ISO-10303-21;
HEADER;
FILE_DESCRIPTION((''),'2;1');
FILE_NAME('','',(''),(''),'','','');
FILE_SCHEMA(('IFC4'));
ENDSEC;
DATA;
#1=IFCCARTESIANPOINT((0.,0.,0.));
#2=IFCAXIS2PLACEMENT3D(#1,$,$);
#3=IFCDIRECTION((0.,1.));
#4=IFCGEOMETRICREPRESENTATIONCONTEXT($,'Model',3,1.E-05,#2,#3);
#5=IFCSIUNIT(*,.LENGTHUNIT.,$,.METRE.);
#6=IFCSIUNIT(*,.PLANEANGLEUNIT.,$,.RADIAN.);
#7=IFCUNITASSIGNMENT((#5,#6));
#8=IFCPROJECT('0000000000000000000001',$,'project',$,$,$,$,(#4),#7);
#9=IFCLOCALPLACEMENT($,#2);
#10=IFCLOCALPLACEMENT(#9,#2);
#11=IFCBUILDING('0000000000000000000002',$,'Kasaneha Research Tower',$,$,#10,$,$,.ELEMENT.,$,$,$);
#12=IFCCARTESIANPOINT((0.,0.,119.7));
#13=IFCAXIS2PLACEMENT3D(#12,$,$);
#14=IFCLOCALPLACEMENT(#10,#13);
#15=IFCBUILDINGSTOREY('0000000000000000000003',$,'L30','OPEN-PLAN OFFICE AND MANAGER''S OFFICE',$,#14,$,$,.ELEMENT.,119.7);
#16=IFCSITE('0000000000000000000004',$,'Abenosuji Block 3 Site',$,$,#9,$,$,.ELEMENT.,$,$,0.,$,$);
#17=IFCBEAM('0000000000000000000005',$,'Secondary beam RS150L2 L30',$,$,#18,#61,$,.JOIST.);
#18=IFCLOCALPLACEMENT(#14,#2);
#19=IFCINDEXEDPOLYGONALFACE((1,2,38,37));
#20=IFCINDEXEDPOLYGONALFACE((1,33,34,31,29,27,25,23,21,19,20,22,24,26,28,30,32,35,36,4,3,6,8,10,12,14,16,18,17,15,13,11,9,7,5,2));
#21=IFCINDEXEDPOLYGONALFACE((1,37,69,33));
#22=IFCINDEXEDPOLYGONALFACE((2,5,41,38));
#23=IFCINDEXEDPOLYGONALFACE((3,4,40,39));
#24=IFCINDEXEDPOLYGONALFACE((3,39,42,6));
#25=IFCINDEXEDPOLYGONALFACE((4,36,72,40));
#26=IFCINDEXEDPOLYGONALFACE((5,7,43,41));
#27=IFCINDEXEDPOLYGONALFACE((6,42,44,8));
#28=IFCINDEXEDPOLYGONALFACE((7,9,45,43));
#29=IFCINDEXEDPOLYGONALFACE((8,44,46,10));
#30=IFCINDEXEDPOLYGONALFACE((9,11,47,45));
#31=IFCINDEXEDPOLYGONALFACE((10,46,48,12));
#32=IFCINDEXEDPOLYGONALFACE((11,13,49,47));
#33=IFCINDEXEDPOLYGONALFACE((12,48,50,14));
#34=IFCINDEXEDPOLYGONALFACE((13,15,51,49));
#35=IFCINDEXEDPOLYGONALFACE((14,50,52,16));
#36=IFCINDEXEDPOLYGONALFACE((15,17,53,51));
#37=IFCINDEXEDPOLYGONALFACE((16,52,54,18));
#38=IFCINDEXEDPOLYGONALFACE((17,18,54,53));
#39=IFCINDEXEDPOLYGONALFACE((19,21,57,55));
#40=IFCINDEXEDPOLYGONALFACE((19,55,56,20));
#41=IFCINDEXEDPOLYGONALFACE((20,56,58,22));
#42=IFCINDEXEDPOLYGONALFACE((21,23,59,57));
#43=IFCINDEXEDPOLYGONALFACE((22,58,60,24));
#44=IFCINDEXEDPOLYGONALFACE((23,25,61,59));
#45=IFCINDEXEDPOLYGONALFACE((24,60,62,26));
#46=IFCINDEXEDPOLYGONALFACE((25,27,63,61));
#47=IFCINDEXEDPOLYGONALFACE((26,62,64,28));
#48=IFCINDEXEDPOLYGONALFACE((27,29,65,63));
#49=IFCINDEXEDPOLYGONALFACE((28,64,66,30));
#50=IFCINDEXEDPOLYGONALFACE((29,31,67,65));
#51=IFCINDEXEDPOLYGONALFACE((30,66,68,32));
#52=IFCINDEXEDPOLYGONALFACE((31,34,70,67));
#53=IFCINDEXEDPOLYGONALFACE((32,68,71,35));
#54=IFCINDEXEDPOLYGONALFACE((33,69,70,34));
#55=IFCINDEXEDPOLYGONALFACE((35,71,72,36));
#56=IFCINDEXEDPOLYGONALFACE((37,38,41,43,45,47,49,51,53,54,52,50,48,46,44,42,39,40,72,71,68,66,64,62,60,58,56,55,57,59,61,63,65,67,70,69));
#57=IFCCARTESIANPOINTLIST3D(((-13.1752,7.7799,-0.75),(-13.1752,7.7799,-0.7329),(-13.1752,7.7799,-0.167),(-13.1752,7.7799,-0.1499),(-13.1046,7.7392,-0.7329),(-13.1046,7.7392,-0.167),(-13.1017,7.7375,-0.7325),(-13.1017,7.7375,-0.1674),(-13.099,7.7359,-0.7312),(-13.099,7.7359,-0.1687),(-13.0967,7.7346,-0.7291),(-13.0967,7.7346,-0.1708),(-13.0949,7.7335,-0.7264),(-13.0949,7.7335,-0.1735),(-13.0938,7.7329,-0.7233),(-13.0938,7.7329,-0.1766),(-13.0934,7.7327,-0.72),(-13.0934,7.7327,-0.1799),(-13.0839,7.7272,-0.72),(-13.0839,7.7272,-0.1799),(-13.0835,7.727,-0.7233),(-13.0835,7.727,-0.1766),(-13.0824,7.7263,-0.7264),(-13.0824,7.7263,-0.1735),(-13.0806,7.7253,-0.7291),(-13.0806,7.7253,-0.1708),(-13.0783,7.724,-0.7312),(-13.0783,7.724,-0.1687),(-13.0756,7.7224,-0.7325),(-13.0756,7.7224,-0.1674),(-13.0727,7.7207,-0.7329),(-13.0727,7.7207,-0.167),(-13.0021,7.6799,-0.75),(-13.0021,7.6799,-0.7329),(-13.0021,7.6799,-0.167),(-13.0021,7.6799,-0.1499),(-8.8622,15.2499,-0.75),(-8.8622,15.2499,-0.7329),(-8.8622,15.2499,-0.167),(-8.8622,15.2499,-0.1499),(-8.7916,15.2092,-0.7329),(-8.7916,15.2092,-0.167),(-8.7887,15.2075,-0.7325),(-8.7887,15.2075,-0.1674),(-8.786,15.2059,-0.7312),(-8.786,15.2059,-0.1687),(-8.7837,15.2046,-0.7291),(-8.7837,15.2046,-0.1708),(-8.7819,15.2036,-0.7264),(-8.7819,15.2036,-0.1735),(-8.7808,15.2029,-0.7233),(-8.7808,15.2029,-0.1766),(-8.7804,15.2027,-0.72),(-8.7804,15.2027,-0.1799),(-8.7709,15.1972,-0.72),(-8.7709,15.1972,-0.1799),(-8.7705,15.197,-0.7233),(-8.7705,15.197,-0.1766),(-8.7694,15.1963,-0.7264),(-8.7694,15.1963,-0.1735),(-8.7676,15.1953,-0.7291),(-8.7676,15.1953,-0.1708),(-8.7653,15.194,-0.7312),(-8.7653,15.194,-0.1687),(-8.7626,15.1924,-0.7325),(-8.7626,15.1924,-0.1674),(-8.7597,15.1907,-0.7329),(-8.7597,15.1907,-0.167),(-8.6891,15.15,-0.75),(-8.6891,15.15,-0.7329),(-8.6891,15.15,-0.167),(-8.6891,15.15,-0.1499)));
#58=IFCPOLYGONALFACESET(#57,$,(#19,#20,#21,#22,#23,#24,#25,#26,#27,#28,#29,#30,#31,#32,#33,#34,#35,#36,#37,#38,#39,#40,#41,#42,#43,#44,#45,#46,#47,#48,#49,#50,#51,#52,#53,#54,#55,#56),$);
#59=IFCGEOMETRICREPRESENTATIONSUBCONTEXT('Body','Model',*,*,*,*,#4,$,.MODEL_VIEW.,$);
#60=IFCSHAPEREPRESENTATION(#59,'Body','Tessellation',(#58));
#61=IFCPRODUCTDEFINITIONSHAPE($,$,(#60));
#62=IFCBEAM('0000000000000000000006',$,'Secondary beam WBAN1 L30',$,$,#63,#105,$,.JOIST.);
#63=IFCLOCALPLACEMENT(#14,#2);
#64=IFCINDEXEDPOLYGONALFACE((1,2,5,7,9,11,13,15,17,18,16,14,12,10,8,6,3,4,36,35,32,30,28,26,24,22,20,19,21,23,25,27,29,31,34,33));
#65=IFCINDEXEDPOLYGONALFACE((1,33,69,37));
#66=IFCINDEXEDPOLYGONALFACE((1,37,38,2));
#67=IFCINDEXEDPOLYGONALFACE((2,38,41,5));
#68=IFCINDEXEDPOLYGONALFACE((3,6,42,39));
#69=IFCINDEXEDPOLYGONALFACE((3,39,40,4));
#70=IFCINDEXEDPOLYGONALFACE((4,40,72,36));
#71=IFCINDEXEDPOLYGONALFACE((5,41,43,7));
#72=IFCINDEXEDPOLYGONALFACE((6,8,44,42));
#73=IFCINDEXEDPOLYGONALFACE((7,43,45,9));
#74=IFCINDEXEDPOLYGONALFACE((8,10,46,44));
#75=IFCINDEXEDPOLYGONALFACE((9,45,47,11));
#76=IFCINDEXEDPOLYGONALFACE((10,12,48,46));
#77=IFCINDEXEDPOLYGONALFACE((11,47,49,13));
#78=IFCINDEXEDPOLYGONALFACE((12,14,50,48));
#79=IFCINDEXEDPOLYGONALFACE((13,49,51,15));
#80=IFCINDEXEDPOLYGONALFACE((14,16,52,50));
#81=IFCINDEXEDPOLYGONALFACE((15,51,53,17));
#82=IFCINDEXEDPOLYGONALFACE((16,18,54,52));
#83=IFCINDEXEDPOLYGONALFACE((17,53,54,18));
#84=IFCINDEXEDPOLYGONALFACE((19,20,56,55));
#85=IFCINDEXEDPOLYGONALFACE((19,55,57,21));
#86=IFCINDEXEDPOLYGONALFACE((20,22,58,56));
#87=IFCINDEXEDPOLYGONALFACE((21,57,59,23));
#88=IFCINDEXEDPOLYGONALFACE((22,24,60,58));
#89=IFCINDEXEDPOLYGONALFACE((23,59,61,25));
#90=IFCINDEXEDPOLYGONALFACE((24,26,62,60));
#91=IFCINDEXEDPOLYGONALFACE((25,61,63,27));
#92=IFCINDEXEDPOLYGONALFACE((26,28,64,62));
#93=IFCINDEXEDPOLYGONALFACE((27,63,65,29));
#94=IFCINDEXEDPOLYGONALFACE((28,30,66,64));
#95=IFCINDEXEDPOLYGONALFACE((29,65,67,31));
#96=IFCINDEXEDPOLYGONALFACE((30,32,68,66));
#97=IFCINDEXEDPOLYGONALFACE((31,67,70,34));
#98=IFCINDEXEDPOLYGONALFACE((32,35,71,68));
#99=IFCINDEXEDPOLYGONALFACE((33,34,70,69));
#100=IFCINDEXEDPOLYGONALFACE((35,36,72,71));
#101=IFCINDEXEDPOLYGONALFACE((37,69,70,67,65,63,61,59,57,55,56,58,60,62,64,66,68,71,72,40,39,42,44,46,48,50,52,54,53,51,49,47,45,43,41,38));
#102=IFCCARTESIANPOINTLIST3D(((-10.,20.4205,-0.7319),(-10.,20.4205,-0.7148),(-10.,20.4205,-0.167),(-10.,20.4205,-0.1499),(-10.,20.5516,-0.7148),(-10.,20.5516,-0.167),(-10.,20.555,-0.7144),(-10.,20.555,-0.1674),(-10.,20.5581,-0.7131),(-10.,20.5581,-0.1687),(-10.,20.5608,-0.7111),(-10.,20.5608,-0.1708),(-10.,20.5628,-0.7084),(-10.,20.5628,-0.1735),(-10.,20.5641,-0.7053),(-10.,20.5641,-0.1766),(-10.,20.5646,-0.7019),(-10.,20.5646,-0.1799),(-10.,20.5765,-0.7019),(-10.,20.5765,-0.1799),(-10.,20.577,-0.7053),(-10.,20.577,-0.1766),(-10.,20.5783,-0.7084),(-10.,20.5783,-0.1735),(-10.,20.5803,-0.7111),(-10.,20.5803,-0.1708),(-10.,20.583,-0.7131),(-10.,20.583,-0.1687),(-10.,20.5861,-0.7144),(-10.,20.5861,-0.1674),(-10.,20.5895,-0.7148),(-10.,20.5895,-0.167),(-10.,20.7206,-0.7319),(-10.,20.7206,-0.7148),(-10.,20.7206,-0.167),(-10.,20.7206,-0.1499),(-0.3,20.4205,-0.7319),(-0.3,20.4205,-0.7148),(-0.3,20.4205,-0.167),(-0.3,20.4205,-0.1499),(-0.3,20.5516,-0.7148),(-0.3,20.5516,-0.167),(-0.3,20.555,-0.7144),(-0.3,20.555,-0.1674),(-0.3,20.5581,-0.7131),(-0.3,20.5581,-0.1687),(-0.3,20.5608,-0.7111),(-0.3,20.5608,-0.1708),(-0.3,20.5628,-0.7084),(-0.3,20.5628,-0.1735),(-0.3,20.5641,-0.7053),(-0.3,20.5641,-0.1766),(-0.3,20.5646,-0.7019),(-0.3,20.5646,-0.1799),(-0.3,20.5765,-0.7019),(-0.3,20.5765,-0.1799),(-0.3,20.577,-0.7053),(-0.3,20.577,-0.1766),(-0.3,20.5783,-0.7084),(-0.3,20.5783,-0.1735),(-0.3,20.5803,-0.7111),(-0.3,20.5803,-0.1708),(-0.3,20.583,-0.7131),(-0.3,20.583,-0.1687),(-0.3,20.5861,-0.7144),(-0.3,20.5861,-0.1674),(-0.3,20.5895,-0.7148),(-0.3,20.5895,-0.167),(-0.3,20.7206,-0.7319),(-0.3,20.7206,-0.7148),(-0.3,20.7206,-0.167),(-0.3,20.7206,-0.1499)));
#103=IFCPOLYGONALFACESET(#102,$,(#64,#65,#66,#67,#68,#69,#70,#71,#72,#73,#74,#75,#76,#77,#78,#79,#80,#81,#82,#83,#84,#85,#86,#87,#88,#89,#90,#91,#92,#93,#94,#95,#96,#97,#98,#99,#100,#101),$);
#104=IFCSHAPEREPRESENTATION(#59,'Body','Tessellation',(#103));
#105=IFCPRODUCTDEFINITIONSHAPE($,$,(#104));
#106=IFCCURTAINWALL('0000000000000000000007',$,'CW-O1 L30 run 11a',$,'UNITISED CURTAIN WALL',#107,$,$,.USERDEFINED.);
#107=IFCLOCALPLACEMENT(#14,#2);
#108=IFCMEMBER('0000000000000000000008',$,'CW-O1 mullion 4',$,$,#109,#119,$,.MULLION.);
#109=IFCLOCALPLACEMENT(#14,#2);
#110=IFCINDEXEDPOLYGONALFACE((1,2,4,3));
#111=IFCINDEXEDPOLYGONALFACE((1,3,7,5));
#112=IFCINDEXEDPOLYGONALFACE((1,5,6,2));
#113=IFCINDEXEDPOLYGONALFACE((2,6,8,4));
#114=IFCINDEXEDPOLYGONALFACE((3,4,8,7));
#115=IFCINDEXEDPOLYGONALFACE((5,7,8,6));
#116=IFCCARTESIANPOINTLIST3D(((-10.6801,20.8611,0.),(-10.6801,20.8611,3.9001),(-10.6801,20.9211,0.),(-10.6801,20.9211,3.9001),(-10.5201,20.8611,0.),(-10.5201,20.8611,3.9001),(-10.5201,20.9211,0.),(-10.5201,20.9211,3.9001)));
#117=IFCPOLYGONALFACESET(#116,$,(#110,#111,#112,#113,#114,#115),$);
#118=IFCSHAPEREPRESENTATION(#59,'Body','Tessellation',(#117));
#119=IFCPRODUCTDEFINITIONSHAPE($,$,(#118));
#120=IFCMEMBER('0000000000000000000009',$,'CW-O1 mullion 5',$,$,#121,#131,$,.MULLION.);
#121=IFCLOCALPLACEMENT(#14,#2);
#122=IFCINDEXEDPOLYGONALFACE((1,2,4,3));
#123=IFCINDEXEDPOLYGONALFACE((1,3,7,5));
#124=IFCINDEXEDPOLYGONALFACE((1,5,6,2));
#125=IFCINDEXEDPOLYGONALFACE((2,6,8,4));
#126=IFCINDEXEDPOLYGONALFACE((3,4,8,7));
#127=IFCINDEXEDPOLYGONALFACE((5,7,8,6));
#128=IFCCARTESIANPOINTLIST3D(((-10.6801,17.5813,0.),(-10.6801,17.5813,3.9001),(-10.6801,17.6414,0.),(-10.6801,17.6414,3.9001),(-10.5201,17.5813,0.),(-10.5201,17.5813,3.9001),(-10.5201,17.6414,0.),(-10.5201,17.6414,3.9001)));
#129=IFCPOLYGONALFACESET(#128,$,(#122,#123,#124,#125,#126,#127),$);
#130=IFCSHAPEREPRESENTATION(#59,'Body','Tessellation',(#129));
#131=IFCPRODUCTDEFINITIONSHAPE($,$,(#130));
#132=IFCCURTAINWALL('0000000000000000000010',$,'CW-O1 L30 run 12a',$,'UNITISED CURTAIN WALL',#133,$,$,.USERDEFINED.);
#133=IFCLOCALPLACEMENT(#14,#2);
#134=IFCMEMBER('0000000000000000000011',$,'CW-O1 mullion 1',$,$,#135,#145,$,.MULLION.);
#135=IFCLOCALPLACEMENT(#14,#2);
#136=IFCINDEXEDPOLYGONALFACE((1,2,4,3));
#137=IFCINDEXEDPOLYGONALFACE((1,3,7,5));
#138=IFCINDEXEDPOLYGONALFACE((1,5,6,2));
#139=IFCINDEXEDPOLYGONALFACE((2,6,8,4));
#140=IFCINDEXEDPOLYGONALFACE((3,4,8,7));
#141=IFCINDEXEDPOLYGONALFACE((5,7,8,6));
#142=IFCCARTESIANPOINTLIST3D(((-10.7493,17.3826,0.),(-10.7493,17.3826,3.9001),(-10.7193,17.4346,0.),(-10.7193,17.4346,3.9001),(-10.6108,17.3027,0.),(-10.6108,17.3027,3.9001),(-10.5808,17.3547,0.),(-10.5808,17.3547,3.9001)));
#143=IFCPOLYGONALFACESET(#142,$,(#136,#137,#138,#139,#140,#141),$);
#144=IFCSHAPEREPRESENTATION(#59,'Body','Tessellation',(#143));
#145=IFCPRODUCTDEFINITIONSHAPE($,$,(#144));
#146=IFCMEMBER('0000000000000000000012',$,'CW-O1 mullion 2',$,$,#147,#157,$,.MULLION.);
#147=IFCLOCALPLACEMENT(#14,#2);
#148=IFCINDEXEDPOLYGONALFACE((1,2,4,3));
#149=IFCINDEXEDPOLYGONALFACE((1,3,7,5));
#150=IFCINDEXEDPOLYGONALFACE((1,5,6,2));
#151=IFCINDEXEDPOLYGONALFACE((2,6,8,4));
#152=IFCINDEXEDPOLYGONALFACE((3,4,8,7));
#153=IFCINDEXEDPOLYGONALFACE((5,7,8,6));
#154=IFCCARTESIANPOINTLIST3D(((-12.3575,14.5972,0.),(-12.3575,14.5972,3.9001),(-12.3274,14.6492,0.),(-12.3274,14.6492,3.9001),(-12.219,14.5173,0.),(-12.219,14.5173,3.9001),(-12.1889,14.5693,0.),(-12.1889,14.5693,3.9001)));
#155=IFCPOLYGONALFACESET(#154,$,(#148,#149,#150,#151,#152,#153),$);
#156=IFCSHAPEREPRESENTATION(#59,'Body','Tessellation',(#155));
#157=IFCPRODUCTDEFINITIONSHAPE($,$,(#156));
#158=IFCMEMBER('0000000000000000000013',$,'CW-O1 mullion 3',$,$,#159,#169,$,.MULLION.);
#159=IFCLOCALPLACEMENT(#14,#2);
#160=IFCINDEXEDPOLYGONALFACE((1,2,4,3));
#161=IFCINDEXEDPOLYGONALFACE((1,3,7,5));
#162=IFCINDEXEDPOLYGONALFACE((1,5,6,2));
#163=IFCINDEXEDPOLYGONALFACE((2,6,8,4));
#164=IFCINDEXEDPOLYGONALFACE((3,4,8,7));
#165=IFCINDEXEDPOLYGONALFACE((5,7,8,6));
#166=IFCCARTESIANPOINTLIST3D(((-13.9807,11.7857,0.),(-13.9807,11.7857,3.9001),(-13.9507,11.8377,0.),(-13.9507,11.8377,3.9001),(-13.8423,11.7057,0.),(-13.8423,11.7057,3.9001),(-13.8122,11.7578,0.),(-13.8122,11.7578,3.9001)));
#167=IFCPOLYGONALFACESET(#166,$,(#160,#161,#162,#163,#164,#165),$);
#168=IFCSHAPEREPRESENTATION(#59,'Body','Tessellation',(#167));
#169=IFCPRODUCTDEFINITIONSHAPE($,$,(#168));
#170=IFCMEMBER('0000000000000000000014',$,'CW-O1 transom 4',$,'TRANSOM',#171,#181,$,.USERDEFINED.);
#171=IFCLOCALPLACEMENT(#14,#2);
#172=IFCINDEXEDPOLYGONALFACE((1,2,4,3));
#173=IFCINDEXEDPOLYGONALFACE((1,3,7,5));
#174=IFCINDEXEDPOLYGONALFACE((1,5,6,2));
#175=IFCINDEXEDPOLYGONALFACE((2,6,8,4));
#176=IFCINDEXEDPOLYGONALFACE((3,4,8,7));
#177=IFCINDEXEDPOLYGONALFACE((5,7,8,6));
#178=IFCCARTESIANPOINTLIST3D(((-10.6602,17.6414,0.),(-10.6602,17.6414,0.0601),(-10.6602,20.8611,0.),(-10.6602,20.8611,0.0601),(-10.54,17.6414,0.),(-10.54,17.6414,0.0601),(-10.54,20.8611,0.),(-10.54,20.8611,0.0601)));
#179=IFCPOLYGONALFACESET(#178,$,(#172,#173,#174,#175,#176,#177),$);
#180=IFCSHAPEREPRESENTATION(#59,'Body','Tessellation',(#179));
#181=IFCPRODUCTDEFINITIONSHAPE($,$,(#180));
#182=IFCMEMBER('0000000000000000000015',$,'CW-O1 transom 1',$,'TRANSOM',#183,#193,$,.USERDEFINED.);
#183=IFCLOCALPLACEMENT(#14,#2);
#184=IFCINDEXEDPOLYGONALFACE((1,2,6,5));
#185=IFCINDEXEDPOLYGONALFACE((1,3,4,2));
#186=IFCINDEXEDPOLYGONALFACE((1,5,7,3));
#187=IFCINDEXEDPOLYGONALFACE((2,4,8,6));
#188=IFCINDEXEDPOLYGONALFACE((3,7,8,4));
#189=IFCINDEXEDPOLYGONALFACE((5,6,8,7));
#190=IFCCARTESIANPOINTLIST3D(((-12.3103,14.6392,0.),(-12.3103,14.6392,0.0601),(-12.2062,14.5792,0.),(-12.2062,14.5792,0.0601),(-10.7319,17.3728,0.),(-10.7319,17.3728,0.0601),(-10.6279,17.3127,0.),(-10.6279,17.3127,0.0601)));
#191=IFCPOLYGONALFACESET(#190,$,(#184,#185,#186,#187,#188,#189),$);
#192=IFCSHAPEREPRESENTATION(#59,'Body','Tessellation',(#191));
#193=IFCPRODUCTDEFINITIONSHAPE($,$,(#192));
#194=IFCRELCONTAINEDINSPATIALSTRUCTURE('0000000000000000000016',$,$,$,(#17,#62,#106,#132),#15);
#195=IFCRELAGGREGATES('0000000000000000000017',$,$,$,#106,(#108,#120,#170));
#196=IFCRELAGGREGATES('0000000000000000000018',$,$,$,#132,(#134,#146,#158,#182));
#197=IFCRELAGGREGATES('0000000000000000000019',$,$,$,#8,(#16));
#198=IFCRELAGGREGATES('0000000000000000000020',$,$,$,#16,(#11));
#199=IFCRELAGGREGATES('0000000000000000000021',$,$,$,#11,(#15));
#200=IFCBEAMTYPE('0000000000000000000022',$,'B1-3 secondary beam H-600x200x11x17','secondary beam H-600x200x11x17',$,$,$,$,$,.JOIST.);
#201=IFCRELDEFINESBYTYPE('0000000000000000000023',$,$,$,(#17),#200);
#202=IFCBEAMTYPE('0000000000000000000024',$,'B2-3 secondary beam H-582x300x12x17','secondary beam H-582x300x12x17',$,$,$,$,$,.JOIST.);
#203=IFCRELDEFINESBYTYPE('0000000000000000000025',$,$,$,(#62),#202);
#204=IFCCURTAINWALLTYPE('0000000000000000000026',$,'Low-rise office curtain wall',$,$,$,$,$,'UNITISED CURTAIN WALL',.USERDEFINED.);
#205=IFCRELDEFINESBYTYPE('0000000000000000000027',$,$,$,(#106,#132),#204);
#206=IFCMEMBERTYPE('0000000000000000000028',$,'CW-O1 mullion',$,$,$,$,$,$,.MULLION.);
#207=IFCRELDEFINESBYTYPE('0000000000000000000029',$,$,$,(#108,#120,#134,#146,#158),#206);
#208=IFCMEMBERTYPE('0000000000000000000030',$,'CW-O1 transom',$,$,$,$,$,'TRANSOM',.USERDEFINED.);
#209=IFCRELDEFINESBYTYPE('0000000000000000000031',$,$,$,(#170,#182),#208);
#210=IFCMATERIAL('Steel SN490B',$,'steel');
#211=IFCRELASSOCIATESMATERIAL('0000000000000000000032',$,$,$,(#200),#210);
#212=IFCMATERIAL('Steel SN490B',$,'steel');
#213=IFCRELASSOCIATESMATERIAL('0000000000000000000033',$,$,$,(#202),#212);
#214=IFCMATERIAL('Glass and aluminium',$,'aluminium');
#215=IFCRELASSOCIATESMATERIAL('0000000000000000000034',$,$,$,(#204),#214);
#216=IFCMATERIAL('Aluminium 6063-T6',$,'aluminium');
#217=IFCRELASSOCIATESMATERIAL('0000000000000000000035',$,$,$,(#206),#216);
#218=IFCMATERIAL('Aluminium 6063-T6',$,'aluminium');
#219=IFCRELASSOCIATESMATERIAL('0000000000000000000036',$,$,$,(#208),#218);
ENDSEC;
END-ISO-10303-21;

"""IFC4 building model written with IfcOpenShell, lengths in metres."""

from ifc_helpers import new_model, si_unit, direction, frame, origin, origin_2d, place, context, subcontext, project, spatial, rectangle, i_section, extrude, material, material_profile, profile_set, type_object, element, aggregate, save


model = new_model("IFC4")

# Units and contexts
model_context = context("Model", 3, precision=1e-05, world=origin(), true_north=direction((0.0, 1.0)))
body_context = subcontext(model_context, "Body", "Model", "MODEL_VIEW")
ifc_project = project(units=[si_unit("LENGTHUNIT", "METRE"), si_unit("PLANEANGLEUNIT", "RADIAN")], contexts=[model_context])

# Site, building, storey
site_placement = place(None, origin())
site = spatial("IfcSite", under=ifc_project, at=site_placement, Name="Abenosuji Block 3 Site", CompositionType="ELEMENT", RefElevation=0.0)
building_placement = place(site_placement, origin())
building = spatial("IfcBuilding", under=site, at=building_placement, Name="Kasaneha Research Tower", CompositionType="ELEMENT")
storey_placement = place(building_placement, frame((0.0, 0.0, 119.7)))
storey = spatial("IfcBuildingStorey", under=building, at=storey_placement, Name="L30", Description="OPEN-PLAN OFFICE AND MANAGER'S OFFICE", CompositionType="ELEMENT", Elevation=119.7)

# Beams
ifc_material_1 = material(Name="Steel SN490B", Category="steel")
ifc_material_profile_1 = material_profile(ifc_material_1, i_section(OverallWidth=0.2, OverallDepth=0.6001, WebThickness=0.011, FlangeThickness=0.0171, FilletRadius=0.0129, at=origin_2d()), Name="H-600x200x11x17")
ifc_profile_set_1 = profile_set([ifc_material_profile_1], Name="Steel SN490B")
beam_type_1 = type_object("IfcBeamType", Name="B1-3 secondary beam H-600x200x11x17", Description="secondary beam H-600x200x11x17", PredefinedType="JOIST", material=ifc_profile_set_1)
beam_1_placement = place(storey_placement, frame((-8.7756, 15.2, -0.45), z_axis=(-0.500017, -0.866015, 0.0), x_axis=(0.866015, -0.500017, 0.0)))
element("IfcBeam", 1, at=beam_1_placement, inside=storey, type_object=beam_type_1, Name="Secondary beam RS150L2 L30", PredefinedType="JOIST", context=body_context, shape_type="SweptSolid", body=[
    extrude(i_section(OverallWidth=0.2, OverallDepth=0.6001, WebThickness=0.011, FlangeThickness=0.0171, FilletRadius=0.0129, at=origin_2d()), origin(), (0.0, 0.0, 1.0), 8.6257),
])
ifc_material_2 = material(Name="Steel SN490B", Category="steel")
ifc_material_profile_2 = material_profile(ifc_material_2, i_section(OverallWidth=0.3, OverallDepth=0.582, WebThickness=0.012, FlangeThickness=0.0171, FilletRadius=0.0129, at=origin_2d()), Name="H-582x300x12x17")
ifc_profile_set_2 = profile_set([ifc_material_profile_2], Name="Steel SN490B")
beam_type_2 = type_object("IfcBeamType", Name="B2-3 secondary beam H-582x300x12x17", Description="secondary beam H-582x300x12x17", PredefinedType="JOIST", material=ifc_profile_set_2)
beam_2_placement = place(storey_placement, frame((-10.0, 20.5706, -0.4409), z_axis=(1.0, 0.0, 0.0), x_axis=(0.0, 1.0, 0.0)))
element("IfcBeam", 2, at=beam_2_placement, inside=storey, type_object=beam_type_2, Name="Secondary beam WBAN1 L30", PredefinedType="JOIST", context=body_context, shape_type="SweptSolid", body=[
    extrude(i_section(OverallWidth=0.3, OverallDepth=0.582, WebThickness=0.012, FlangeThickness=0.0171, FilletRadius=0.0129, at=origin_2d()), origin(), (0.0, 0.0, 1.0), 9.7),
])

# Curtain walls, members
ifc_material_3 = material(Name="Glass and aluminium", Category="aluminium")
curtain_wall_type = type_object("IfcCurtainWallType", Name="Low-rise office curtain wall", ElementType="UNITISED CURTAIN WALL", PredefinedType="USERDEFINED", material=ifc_material_3)
curtain_wall_1_placement = place(storey_placement, origin())
curtain_wall_1 = element("IfcCurtainWall", 3, at=curtain_wall_1_placement, inside=storey, type_object=curtain_wall_type, Name="CW-O1 L30 run 11a", ObjectType="UNITISED CURTAIN WALL", PredefinedType="USERDEFINED")
ifc_material_4 = material(Name="Aluminium 6063-T6", Category="aluminium")
ifc_material_profile_3 = material_profile(ifc_material_4, rectangle(XDim=0.0601, YDim=0.1599, at=origin_2d()), Name="CW-O1 mullion 60x160")
ifc_profile_set_3 = profile_set([ifc_material_profile_3], Name="Aluminium 6063-T6")
member_type_1 = type_object("IfcMemberType", Name="CW-O1 mullion", PredefinedType="MULLION", material=ifc_profile_set_3)
member_1_placement = place(storey_placement, frame((-10.6001, 20.8911, 0.0), z_axis=(0.0, 0.0, 1.0), x_axis=(0.0, -1.0, 0.0)))
member_1 = element("IfcMember", 4, at=member_1_placement, type_object=member_type_1, Name="CW-O1 mullion 4", PredefinedType="MULLION", context=body_context, shape_type="SweptSolid", body=[
    extrude(rectangle(XDim=0.0601, YDim=0.1599, at=origin_2d()), origin(), (0.0, 0.0, 1.0), 3.9001),
])
member_2_placement = place(storey_placement, frame((-10.6001, 17.6113, 0.0), z_axis=(0.0, 0.0, 1.0), x_axis=(0.0, -1.0, 0.0)))
member_2 = element("IfcMember", 5, at=member_2_placement, type_object=member_type_1, Name="CW-O1 mullion 5", PredefinedType="MULLION", context=body_context, shape_type="SweptSolid", body=[
    extrude(rectangle(XDim=0.0601, YDim=0.1599, at=origin_2d()), origin(), (0.0, 0.0, 1.0), 3.9001),
])
curtain_wall_2_placement = place(storey_placement, origin())
curtain_wall_2 = element("IfcCurtainWall", 6, at=curtain_wall_2_placement, inside=storey, type_object=curtain_wall_type, Name="CW-O1 L30 run 12a", ObjectType="UNITISED CURTAIN WALL", PredefinedType="USERDEFINED")
member_3_placement = place(storey_placement, frame((-10.665, 17.3687, 0.0), z_axis=(0.0, 0.0, 1.0), x_axis=(-0.5, -0.866025, 0.0)))
member_3 = element("IfcMember", 7, at=member_3_placement, type_object=member_type_1, Name="CW-O1 mullion 1", PredefinedType="MULLION", context=body_context, shape_type="SweptSolid", body=[
    extrude(rectangle(XDim=0.0601, YDim=0.1599, at=origin_2d()), origin(), (0.0, 0.0, 1.0), 3.9001),
])
member_4_placement = place(storey_placement, frame((-12.2732, 14.5833, 0.0), z_axis=(0.0, 0.0, 1.0), x_axis=(-0.5, -0.866025, 0.0)))
member_4 = element("IfcMember", 8, at=member_4_placement, type_object=member_type_1, Name="CW-O1 mullion 2", PredefinedType="MULLION", context=body_context, shape_type="SweptSolid", body=[
    extrude(rectangle(XDim=0.0601, YDim=0.1599, at=origin_2d()), origin(), (0.0, 0.0, 1.0), 3.9001),
])
member_5_placement = place(storey_placement, frame((-13.8965, 11.7717, 0.0), z_axis=(0.0, 0.0, 1.0), x_axis=(-0.5, -0.866025, 0.0)))
member_5 = element("IfcMember", 9, at=member_5_placement, type_object=member_type_1, Name="CW-O1 mullion 3", PredefinedType="MULLION", context=body_context, shape_type="SweptSolid", body=[
    extrude(rectangle(XDim=0.0601, YDim=0.1599, at=origin_2d()), origin(), (0.0, 0.0, 1.0), 3.9001),
])

# Members
ifc_material_5 = material(Name="Aluminium 6063-T6", Category="aluminium")
ifc_material_profile_4 = material_profile(ifc_material_5, rectangle(XDim=0.1201, YDim=0.0601, at=origin_2d()), Name="CW-O1 transom 120x60")
ifc_profile_set_4 = profile_set([ifc_material_profile_4], Name="Aluminium 6063-T6")
member_type_2 = type_object("IfcMemberType", Name="CW-O1 transom", ElementType="TRANSOM", PredefinedType="USERDEFINED", material=ifc_profile_set_4)
member_6_placement = place(storey_placement, frame((-10.6001, 20.8611, 0.03), z_axis=(0.0, -1.0, 0.0), x_axis=(1.0, 0.0, 0.0)))
member_6 = element("IfcMember", 10, at=member_6_placement, type_object=member_type_2, Name="CW-O1 transom 4", ObjectType="TRANSOM", PredefinedType="USERDEFINED", context=body_context, shape_type="SweptSolid", body=[
    extrude(rectangle(XDim=0.1201, YDim=0.0601, at=origin_2d()), origin(), (0.0, 0.0, 1.0), 3.2197),
])
member_7_placement = place(storey_placement, frame((-10.6799, 17.3428, 0.03), z_axis=(-0.500024, -0.866012, 0.0), x_axis=(0.866012, -0.500024, 0.0)))
member_7 = element("IfcMember", 11, at=member_7_placement, type_object=member_type_2, Name="CW-O1 transom 1", ObjectType="TRANSOM", PredefinedType="USERDEFINED", context=body_context, shape_type="SweptSolid", body=[
    extrude(rectangle(XDim=0.1201, YDim=0.0601, at=origin_2d()), origin(), (0.0, 0.0, 1.0), 3.1565),
])

aggregate(curtain_wall_1, [member_1, member_2, member_6])
aggregate(curtain_wall_2, [member_3, member_4, member_5, member_7])

save(model, "model.ifc")
